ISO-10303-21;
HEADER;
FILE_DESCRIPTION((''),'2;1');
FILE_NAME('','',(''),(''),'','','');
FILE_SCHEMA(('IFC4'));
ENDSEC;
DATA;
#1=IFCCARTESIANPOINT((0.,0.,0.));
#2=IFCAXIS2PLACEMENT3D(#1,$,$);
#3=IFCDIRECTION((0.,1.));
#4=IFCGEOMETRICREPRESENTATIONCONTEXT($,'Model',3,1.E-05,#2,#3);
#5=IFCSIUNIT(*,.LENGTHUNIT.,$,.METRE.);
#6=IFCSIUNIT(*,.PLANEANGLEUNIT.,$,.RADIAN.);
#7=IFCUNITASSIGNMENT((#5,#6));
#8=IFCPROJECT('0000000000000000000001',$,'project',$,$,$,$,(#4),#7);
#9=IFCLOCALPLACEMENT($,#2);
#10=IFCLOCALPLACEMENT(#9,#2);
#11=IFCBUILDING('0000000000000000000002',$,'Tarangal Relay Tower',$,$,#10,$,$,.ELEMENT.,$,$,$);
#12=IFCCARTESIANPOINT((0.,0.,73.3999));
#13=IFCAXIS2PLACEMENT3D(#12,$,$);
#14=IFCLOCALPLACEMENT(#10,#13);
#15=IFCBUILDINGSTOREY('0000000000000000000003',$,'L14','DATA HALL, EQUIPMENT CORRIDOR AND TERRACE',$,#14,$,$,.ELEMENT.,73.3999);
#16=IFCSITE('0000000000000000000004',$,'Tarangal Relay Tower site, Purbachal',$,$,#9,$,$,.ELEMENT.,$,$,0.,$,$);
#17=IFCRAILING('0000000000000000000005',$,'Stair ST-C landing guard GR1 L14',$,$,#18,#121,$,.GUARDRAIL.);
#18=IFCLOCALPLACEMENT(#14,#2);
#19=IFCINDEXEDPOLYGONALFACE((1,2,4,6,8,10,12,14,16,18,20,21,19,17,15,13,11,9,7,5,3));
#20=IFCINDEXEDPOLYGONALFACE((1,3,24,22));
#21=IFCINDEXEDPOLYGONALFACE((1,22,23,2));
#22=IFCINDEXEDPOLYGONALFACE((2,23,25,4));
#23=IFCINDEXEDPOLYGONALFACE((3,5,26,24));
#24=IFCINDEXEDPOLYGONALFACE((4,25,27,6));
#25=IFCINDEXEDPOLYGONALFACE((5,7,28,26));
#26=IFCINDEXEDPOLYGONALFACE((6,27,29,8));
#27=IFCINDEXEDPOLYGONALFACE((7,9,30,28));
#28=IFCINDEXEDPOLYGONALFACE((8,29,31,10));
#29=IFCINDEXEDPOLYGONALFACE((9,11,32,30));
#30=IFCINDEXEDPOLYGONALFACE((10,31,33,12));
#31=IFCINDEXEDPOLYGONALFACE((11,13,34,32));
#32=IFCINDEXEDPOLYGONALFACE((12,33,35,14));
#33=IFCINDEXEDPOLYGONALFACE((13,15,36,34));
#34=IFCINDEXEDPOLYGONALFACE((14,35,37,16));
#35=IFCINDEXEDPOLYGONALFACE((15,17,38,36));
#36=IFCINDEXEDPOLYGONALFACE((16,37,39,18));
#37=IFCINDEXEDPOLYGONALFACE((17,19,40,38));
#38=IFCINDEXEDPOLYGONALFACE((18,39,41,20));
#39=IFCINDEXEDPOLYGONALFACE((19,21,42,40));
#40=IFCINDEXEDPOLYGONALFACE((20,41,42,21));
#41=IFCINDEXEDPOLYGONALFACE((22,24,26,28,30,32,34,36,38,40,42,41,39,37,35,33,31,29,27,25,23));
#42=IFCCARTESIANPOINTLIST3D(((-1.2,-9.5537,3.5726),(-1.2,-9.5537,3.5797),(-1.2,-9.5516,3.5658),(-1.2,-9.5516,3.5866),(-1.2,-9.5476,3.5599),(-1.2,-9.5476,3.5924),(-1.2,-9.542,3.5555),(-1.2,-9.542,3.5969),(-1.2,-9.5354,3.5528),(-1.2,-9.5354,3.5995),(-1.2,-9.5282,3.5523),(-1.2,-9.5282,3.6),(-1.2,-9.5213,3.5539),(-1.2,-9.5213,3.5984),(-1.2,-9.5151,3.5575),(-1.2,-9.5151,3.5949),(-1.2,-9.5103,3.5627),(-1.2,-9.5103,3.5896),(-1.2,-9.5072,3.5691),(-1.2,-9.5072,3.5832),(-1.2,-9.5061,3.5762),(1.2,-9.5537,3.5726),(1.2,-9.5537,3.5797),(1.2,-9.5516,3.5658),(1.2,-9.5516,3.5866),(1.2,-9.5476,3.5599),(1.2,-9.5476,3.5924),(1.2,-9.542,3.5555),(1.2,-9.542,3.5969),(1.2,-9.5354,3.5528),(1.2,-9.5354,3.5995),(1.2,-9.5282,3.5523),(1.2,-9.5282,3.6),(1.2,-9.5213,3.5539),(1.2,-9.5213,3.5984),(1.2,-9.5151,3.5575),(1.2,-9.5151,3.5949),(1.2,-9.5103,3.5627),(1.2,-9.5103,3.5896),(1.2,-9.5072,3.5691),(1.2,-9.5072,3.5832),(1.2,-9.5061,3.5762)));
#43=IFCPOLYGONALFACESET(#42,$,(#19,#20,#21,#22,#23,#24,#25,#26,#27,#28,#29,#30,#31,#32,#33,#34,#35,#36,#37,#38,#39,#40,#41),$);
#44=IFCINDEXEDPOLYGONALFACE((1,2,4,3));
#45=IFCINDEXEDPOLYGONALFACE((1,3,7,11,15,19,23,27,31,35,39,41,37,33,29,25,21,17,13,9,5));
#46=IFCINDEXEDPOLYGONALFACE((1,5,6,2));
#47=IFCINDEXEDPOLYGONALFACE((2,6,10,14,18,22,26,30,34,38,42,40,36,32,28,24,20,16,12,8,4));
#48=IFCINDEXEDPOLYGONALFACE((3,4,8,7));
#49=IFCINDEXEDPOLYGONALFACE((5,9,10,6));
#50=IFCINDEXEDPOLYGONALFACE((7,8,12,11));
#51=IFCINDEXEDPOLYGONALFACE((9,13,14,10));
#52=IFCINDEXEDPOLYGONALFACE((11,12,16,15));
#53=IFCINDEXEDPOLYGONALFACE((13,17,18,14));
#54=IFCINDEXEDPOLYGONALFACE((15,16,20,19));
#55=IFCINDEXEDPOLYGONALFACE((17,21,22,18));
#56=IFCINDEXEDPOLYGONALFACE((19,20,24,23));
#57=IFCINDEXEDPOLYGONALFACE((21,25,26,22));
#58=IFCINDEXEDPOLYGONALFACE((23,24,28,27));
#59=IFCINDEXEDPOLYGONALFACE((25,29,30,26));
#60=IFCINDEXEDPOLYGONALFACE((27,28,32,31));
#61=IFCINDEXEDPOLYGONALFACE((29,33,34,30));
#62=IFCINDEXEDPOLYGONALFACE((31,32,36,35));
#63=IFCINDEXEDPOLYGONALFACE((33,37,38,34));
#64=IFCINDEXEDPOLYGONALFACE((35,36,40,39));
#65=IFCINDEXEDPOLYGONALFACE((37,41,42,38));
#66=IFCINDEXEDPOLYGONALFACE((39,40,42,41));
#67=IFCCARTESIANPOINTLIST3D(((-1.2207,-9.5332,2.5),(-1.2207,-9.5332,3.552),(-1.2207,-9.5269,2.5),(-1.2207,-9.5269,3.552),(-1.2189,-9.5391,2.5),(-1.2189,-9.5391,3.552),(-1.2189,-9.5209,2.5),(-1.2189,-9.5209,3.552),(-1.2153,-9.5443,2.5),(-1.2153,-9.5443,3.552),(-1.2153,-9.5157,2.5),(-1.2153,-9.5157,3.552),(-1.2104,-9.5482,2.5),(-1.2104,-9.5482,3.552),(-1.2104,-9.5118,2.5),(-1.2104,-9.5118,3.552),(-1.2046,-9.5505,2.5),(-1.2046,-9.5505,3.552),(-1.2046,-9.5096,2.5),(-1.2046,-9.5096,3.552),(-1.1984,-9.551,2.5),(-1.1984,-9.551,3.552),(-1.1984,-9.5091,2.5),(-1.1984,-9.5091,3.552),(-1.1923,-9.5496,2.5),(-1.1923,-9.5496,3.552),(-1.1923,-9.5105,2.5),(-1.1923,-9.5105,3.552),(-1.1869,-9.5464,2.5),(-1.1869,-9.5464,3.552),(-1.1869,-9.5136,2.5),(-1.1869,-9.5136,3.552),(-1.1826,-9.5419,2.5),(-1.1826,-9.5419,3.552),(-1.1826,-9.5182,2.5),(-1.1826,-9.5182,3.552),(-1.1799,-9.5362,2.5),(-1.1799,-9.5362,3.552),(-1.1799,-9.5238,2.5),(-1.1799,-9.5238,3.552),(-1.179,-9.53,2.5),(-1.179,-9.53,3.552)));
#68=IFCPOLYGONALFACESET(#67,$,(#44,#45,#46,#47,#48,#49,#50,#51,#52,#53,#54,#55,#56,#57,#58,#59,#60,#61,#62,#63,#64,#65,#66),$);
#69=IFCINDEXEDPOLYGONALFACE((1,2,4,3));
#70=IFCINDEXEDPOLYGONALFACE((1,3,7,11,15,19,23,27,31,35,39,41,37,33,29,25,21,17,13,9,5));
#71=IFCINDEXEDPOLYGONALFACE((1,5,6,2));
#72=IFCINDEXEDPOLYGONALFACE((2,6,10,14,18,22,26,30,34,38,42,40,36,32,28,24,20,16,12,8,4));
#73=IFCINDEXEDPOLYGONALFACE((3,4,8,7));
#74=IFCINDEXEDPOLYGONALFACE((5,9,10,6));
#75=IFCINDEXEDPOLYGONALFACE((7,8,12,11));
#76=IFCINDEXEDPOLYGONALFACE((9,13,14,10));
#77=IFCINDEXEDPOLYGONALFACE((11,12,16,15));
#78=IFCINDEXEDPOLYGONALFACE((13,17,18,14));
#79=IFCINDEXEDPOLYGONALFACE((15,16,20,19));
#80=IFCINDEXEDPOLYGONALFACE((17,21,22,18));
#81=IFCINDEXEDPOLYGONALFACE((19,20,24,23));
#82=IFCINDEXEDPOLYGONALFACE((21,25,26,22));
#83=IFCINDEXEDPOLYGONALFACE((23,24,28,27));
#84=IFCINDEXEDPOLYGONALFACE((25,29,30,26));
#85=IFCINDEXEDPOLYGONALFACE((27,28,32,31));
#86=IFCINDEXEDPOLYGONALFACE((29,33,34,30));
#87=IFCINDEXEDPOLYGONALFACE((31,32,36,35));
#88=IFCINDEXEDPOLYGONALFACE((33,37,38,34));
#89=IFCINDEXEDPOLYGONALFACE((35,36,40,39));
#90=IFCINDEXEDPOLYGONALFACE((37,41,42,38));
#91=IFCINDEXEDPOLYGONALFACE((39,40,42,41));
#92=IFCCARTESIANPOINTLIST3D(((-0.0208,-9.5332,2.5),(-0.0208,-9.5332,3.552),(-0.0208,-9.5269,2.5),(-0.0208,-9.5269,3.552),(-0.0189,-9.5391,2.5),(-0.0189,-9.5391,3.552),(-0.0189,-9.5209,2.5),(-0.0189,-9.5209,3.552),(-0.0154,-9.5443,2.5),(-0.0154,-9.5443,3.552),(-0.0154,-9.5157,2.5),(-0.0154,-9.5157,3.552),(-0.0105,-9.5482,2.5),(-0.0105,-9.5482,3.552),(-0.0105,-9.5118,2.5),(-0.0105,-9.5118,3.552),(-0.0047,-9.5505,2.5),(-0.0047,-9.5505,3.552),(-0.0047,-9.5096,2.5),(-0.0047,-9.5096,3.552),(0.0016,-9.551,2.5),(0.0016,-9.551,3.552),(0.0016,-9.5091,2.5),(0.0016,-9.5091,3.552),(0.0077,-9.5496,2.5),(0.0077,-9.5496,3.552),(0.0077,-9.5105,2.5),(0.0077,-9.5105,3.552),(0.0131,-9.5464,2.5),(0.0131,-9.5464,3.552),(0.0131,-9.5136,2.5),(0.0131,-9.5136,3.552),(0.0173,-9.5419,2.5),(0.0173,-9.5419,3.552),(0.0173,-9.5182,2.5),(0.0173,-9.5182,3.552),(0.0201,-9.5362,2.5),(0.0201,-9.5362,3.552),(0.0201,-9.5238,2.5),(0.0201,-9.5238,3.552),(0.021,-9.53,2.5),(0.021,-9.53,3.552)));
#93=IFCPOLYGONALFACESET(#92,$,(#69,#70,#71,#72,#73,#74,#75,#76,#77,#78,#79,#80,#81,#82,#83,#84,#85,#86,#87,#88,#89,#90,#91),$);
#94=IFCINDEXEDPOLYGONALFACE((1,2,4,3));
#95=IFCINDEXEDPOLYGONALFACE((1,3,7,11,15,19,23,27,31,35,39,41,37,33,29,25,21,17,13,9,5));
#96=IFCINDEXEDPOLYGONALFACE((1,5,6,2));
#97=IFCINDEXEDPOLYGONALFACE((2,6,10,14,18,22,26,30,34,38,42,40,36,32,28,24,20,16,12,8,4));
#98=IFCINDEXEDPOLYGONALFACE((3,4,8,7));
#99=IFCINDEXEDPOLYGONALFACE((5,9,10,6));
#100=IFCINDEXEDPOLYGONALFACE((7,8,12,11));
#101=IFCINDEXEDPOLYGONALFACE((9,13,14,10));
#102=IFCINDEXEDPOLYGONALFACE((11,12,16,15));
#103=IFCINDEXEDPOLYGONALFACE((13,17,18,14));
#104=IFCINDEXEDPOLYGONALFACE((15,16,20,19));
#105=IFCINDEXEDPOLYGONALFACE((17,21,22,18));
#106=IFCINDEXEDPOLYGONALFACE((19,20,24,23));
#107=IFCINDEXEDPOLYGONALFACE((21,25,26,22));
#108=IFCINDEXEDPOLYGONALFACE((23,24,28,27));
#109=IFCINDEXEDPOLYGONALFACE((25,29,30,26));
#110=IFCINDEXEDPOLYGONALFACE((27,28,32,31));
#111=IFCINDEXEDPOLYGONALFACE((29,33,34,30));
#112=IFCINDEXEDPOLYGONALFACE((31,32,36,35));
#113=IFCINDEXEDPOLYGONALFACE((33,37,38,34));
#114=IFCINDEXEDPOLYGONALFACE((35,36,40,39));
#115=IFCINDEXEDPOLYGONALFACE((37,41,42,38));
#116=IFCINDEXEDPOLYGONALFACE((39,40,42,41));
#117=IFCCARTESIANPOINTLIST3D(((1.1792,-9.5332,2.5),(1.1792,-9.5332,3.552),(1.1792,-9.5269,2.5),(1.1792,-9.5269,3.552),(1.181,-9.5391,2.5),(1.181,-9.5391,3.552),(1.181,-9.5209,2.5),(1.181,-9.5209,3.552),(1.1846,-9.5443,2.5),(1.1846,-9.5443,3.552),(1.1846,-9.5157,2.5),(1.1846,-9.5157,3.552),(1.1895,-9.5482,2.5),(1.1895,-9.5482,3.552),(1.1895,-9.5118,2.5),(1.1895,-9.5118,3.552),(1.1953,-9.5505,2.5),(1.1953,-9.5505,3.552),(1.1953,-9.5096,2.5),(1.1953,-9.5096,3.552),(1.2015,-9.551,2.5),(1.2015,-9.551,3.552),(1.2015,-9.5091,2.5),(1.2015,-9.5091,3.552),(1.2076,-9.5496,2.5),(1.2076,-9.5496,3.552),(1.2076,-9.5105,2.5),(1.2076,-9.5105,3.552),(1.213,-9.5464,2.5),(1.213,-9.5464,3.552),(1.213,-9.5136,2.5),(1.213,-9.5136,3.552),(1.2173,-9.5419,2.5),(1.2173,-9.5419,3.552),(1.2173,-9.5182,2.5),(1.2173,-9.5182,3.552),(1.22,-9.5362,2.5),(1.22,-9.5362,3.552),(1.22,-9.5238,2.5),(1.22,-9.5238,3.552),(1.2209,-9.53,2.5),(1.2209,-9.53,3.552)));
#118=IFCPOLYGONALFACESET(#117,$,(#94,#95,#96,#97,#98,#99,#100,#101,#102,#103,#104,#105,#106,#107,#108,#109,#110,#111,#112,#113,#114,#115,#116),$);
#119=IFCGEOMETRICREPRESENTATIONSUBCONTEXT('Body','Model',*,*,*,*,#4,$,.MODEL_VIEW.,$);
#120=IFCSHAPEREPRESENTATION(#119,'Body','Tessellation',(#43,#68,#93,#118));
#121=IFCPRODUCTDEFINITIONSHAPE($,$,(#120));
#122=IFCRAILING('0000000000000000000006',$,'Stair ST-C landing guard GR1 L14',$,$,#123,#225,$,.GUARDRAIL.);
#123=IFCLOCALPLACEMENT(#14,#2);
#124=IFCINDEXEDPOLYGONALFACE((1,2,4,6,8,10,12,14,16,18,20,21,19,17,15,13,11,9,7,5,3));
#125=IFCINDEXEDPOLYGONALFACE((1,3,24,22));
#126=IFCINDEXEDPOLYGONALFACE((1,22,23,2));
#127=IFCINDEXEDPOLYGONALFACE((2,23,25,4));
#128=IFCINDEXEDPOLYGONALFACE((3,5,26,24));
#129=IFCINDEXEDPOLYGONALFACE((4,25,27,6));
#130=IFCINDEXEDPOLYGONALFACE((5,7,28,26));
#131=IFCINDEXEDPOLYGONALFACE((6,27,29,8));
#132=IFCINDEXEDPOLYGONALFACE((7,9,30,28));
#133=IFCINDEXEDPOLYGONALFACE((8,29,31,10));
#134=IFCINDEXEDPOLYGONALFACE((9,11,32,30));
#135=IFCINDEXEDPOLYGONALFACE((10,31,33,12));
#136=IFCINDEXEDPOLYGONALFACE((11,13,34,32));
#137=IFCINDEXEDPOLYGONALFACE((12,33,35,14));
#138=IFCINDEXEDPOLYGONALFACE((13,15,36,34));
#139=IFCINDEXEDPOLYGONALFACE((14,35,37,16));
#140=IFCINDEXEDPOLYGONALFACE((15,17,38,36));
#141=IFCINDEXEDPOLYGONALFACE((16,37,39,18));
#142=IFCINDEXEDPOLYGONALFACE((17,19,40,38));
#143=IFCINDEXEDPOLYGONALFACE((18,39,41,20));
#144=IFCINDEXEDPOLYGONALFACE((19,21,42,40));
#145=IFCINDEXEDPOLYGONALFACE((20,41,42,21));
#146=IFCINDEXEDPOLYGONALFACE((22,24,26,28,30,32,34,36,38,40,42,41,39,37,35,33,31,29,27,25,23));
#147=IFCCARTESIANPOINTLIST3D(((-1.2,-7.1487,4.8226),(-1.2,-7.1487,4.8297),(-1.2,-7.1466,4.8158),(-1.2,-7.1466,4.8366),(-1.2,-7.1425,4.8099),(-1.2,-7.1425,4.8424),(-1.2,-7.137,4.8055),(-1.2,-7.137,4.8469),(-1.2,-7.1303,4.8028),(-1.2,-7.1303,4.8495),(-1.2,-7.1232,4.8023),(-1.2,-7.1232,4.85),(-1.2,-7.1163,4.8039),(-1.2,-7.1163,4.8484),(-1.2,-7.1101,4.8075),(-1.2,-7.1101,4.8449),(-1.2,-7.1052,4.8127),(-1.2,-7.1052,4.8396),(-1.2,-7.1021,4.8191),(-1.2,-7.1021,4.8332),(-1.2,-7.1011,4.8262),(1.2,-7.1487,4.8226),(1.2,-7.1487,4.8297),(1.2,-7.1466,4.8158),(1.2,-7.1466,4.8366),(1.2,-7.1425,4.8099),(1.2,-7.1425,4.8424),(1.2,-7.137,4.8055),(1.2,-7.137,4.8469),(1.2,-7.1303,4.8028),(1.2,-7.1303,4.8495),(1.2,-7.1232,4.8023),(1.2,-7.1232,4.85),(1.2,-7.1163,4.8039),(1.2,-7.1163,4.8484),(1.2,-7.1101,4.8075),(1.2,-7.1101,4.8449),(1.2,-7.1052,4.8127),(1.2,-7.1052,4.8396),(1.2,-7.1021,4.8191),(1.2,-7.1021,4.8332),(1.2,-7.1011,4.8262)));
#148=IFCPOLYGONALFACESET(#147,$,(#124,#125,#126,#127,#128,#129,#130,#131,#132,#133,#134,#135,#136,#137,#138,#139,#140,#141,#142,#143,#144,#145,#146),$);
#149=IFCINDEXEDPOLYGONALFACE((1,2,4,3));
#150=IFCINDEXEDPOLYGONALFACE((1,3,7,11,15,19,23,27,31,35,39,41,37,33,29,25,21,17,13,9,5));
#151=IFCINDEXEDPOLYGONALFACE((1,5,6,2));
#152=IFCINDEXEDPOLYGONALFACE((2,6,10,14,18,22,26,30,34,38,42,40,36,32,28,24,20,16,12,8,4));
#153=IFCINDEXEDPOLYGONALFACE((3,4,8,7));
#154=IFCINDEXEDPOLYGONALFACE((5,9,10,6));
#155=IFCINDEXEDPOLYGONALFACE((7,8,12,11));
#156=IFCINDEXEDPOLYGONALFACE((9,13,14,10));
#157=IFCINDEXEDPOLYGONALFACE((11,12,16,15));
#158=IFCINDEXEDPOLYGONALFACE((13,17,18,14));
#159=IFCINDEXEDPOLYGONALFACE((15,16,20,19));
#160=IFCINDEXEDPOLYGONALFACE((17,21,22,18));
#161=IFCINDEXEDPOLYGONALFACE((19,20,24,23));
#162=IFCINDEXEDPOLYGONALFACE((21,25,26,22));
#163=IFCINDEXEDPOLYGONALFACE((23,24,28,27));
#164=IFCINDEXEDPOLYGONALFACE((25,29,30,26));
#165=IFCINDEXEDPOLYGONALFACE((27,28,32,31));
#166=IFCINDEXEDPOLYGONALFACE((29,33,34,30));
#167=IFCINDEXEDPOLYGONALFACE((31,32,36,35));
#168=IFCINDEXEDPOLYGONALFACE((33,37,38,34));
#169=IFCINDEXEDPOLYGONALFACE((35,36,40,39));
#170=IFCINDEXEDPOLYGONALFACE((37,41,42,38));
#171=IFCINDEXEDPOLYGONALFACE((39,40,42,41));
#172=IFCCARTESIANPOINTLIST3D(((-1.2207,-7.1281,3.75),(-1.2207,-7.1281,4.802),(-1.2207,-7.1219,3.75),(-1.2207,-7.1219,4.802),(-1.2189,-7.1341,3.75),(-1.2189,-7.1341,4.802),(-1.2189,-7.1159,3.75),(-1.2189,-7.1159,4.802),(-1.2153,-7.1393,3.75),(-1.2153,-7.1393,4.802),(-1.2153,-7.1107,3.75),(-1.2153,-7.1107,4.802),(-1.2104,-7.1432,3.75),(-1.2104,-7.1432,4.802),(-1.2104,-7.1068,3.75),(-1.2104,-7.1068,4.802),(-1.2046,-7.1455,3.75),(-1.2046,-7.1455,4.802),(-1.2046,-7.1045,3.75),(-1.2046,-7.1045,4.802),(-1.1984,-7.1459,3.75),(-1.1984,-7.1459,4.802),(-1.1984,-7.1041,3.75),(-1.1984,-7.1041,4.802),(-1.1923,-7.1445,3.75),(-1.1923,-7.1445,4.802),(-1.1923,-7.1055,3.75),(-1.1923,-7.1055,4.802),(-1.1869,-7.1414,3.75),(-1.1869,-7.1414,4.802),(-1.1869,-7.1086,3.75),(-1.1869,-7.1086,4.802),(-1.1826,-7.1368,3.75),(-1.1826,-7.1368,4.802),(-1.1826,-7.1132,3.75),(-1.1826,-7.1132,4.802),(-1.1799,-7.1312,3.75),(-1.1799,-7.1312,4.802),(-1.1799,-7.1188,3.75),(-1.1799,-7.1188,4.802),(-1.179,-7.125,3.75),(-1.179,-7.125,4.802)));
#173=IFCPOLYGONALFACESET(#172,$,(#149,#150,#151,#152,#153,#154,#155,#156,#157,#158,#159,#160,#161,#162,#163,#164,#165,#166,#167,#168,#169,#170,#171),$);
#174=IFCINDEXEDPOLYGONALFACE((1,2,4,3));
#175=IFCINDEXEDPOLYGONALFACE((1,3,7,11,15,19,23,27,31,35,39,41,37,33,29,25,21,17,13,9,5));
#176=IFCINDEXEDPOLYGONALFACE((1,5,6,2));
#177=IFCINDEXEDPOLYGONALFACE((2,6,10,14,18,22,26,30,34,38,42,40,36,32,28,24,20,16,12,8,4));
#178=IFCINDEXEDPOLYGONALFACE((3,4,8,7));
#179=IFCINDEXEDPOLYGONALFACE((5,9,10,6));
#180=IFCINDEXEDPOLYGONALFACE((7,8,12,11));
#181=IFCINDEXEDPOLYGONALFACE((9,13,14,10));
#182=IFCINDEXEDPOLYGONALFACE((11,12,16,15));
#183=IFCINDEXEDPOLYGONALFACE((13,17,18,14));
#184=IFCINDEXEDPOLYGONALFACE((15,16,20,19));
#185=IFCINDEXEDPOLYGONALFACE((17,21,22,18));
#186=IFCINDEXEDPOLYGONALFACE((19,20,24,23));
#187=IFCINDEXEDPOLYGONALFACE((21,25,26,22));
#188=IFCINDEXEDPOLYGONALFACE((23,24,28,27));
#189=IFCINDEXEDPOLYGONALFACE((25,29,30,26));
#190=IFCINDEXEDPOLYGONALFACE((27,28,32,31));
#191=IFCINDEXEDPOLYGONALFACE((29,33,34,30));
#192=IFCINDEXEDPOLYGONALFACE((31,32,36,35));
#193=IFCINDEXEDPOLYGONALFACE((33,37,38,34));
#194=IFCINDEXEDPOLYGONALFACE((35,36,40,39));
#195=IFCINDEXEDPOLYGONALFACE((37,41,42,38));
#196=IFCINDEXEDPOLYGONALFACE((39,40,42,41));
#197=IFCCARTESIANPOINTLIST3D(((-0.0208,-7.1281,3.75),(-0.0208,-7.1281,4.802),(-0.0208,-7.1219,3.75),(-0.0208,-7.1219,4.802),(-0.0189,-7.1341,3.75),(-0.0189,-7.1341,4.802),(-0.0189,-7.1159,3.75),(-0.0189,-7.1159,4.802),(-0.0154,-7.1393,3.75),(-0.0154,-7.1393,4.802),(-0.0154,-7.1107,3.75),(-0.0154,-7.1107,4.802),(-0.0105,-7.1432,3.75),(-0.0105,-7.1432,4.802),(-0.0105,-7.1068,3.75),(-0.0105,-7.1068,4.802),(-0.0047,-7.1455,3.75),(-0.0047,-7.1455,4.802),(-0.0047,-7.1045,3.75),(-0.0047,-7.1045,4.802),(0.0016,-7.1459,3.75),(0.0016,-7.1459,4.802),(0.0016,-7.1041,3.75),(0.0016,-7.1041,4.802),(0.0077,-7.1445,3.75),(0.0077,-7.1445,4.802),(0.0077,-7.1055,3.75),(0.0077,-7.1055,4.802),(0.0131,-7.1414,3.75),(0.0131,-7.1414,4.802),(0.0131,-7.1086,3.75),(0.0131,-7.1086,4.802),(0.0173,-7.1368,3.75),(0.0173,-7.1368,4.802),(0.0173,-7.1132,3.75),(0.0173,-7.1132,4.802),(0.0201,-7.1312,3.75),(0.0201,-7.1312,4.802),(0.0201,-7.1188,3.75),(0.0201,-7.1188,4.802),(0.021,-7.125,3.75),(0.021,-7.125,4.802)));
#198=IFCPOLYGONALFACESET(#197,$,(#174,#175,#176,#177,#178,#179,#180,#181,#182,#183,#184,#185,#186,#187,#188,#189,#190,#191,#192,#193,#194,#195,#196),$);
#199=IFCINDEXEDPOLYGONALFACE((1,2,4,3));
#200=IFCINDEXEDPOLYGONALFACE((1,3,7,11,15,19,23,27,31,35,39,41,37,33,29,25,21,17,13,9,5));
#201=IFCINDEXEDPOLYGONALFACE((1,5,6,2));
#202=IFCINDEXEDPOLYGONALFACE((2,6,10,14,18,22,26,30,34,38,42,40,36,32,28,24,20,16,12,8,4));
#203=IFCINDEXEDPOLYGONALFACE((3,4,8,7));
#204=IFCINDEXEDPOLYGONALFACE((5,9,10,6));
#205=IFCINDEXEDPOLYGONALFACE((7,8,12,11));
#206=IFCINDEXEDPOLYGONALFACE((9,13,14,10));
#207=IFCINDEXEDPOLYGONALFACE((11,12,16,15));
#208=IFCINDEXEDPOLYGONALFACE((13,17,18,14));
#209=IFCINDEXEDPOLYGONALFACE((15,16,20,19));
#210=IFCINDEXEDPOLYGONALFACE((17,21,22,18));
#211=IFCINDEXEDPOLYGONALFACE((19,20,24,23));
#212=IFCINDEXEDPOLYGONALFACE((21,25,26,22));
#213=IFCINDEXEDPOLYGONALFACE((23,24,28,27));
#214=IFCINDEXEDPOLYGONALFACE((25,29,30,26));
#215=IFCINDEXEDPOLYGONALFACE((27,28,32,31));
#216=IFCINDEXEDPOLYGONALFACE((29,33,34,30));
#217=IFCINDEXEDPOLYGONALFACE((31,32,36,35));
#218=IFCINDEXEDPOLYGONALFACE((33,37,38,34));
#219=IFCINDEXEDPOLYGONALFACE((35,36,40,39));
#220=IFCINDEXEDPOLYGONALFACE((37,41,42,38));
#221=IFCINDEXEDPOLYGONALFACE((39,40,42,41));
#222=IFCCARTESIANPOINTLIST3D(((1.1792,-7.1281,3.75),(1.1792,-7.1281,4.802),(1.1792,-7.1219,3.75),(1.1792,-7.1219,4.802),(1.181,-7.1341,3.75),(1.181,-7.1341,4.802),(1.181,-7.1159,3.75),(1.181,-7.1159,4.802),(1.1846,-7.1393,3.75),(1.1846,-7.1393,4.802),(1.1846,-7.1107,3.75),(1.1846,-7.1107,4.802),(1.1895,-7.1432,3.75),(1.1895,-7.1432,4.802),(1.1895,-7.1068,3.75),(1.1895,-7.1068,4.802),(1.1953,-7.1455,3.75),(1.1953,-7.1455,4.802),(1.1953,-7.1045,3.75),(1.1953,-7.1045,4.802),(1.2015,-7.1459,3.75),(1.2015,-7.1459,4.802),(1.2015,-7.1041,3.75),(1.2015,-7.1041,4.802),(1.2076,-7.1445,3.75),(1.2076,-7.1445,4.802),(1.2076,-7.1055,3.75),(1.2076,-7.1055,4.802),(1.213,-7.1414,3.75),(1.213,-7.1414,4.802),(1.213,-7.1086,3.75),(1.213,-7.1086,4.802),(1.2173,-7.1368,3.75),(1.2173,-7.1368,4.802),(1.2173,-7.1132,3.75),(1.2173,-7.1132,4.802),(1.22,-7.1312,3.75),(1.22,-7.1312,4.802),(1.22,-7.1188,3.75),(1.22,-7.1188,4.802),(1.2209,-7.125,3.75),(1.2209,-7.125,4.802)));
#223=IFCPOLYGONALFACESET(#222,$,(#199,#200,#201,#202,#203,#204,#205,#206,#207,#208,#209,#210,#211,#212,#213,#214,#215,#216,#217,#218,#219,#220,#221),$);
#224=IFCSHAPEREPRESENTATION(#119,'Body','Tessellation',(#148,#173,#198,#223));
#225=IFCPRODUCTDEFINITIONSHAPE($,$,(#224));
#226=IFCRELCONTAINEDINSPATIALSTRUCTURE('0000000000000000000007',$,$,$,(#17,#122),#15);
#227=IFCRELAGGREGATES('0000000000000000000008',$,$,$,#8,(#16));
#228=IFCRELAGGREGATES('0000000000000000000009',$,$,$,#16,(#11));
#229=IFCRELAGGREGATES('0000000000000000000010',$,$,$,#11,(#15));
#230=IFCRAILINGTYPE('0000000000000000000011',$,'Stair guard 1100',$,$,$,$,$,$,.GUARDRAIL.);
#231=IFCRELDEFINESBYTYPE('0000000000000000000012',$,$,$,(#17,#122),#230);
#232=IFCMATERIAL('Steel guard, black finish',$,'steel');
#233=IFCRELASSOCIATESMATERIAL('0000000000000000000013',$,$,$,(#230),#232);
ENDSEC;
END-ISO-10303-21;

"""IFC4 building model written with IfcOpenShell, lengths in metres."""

from ifc_helpers import new_model, si_unit, direction, frame, origin, origin_2d, place, context, subcontext, project, spatial, circle, extrude, material, type_object, element, save


model = new_model("IFC4")

# Units and contexts
model_context = context("Model", 3, precision=1e-05, world=origin(), true_north=direction((0.0, 1.0)))
body_context = subcontext(model_context, "Body", "Model", "MODEL_VIEW")
ifc_project = project(units=[si_unit("LENGTHUNIT", "METRE"), si_unit("PLANEANGLEUNIT", "RADIAN")], contexts=[model_context])

# Site, building, storey
site_placement = place(None, origin())
site = spatial("IfcSite", under=ifc_project, at=site_placement, Name="Tarangal Relay Tower site, Purbachal", CompositionType="ELEMENT", RefElevation=0.0)
building_placement = place(site_placement, origin())
building = spatial("IfcBuilding", under=site, at=building_placement, Name="Tarangal Relay Tower", CompositionType="ELEMENT")
storey_placement = place(building_placement, frame((0.0, 0.0, 73.3999)))
storey = spatial("IfcBuildingStorey", under=building, at=storey_placement, Name="L14", Description="DATA HALL, EQUIPMENT CORRIDOR AND TERRACE", CompositionType="ELEMENT", Elevation=73.3999)

# Railings
ifc_material_1 = material(Name="Steel guard, black finish", Category="steel")
railing_type_1 = type_object("IfcRailingType", Name="Stair guard 1100", PredefinedType="GUARDRAIL", material=ifc_material_1)
for number, where, name in (
    (1, (-1.2, -9.53, 2.5), "Stair ST-C landing guard GR1 L14"),
    (2, (-1.2, -7.125, 3.75), "Stair ST-C landing guard GR1 L14"),
):
    element("IfcRailing", number, at=place(storey_placement, frame(where)), inside=storey, type_object=railing_type_1, Name=name, PredefinedType="GUARDRAIL", context=body_context, shape_type="SweptSolid", body=[
        extrude(circle(Radius=0.0239, at=origin_2d()), frame((0.0, 0.0, 1.0762), z_axis=(1.0, 0.0, 0.0), x_axis=(0.0, 1.0, 0.0)), (0.0, 0.0, 1.0), 2.3999),
        extrude(circle(Radius=0.021, at=origin_2d()), origin(), (0.0, 0.0, 1.0), 1.052),
        extrude(circle(Radius=0.021, at=origin_2d()), frame((1.2, 0.0, 0.0)), (0.0, 0.0, 1.0), 1.052),
        extrude(circle(Radius=0.021, at=origin_2d()), frame((2.3999, 0.0, 0.0)), (0.0, 0.0, 1.0), 1.052),
    ])

save(model, "model.ifc")
